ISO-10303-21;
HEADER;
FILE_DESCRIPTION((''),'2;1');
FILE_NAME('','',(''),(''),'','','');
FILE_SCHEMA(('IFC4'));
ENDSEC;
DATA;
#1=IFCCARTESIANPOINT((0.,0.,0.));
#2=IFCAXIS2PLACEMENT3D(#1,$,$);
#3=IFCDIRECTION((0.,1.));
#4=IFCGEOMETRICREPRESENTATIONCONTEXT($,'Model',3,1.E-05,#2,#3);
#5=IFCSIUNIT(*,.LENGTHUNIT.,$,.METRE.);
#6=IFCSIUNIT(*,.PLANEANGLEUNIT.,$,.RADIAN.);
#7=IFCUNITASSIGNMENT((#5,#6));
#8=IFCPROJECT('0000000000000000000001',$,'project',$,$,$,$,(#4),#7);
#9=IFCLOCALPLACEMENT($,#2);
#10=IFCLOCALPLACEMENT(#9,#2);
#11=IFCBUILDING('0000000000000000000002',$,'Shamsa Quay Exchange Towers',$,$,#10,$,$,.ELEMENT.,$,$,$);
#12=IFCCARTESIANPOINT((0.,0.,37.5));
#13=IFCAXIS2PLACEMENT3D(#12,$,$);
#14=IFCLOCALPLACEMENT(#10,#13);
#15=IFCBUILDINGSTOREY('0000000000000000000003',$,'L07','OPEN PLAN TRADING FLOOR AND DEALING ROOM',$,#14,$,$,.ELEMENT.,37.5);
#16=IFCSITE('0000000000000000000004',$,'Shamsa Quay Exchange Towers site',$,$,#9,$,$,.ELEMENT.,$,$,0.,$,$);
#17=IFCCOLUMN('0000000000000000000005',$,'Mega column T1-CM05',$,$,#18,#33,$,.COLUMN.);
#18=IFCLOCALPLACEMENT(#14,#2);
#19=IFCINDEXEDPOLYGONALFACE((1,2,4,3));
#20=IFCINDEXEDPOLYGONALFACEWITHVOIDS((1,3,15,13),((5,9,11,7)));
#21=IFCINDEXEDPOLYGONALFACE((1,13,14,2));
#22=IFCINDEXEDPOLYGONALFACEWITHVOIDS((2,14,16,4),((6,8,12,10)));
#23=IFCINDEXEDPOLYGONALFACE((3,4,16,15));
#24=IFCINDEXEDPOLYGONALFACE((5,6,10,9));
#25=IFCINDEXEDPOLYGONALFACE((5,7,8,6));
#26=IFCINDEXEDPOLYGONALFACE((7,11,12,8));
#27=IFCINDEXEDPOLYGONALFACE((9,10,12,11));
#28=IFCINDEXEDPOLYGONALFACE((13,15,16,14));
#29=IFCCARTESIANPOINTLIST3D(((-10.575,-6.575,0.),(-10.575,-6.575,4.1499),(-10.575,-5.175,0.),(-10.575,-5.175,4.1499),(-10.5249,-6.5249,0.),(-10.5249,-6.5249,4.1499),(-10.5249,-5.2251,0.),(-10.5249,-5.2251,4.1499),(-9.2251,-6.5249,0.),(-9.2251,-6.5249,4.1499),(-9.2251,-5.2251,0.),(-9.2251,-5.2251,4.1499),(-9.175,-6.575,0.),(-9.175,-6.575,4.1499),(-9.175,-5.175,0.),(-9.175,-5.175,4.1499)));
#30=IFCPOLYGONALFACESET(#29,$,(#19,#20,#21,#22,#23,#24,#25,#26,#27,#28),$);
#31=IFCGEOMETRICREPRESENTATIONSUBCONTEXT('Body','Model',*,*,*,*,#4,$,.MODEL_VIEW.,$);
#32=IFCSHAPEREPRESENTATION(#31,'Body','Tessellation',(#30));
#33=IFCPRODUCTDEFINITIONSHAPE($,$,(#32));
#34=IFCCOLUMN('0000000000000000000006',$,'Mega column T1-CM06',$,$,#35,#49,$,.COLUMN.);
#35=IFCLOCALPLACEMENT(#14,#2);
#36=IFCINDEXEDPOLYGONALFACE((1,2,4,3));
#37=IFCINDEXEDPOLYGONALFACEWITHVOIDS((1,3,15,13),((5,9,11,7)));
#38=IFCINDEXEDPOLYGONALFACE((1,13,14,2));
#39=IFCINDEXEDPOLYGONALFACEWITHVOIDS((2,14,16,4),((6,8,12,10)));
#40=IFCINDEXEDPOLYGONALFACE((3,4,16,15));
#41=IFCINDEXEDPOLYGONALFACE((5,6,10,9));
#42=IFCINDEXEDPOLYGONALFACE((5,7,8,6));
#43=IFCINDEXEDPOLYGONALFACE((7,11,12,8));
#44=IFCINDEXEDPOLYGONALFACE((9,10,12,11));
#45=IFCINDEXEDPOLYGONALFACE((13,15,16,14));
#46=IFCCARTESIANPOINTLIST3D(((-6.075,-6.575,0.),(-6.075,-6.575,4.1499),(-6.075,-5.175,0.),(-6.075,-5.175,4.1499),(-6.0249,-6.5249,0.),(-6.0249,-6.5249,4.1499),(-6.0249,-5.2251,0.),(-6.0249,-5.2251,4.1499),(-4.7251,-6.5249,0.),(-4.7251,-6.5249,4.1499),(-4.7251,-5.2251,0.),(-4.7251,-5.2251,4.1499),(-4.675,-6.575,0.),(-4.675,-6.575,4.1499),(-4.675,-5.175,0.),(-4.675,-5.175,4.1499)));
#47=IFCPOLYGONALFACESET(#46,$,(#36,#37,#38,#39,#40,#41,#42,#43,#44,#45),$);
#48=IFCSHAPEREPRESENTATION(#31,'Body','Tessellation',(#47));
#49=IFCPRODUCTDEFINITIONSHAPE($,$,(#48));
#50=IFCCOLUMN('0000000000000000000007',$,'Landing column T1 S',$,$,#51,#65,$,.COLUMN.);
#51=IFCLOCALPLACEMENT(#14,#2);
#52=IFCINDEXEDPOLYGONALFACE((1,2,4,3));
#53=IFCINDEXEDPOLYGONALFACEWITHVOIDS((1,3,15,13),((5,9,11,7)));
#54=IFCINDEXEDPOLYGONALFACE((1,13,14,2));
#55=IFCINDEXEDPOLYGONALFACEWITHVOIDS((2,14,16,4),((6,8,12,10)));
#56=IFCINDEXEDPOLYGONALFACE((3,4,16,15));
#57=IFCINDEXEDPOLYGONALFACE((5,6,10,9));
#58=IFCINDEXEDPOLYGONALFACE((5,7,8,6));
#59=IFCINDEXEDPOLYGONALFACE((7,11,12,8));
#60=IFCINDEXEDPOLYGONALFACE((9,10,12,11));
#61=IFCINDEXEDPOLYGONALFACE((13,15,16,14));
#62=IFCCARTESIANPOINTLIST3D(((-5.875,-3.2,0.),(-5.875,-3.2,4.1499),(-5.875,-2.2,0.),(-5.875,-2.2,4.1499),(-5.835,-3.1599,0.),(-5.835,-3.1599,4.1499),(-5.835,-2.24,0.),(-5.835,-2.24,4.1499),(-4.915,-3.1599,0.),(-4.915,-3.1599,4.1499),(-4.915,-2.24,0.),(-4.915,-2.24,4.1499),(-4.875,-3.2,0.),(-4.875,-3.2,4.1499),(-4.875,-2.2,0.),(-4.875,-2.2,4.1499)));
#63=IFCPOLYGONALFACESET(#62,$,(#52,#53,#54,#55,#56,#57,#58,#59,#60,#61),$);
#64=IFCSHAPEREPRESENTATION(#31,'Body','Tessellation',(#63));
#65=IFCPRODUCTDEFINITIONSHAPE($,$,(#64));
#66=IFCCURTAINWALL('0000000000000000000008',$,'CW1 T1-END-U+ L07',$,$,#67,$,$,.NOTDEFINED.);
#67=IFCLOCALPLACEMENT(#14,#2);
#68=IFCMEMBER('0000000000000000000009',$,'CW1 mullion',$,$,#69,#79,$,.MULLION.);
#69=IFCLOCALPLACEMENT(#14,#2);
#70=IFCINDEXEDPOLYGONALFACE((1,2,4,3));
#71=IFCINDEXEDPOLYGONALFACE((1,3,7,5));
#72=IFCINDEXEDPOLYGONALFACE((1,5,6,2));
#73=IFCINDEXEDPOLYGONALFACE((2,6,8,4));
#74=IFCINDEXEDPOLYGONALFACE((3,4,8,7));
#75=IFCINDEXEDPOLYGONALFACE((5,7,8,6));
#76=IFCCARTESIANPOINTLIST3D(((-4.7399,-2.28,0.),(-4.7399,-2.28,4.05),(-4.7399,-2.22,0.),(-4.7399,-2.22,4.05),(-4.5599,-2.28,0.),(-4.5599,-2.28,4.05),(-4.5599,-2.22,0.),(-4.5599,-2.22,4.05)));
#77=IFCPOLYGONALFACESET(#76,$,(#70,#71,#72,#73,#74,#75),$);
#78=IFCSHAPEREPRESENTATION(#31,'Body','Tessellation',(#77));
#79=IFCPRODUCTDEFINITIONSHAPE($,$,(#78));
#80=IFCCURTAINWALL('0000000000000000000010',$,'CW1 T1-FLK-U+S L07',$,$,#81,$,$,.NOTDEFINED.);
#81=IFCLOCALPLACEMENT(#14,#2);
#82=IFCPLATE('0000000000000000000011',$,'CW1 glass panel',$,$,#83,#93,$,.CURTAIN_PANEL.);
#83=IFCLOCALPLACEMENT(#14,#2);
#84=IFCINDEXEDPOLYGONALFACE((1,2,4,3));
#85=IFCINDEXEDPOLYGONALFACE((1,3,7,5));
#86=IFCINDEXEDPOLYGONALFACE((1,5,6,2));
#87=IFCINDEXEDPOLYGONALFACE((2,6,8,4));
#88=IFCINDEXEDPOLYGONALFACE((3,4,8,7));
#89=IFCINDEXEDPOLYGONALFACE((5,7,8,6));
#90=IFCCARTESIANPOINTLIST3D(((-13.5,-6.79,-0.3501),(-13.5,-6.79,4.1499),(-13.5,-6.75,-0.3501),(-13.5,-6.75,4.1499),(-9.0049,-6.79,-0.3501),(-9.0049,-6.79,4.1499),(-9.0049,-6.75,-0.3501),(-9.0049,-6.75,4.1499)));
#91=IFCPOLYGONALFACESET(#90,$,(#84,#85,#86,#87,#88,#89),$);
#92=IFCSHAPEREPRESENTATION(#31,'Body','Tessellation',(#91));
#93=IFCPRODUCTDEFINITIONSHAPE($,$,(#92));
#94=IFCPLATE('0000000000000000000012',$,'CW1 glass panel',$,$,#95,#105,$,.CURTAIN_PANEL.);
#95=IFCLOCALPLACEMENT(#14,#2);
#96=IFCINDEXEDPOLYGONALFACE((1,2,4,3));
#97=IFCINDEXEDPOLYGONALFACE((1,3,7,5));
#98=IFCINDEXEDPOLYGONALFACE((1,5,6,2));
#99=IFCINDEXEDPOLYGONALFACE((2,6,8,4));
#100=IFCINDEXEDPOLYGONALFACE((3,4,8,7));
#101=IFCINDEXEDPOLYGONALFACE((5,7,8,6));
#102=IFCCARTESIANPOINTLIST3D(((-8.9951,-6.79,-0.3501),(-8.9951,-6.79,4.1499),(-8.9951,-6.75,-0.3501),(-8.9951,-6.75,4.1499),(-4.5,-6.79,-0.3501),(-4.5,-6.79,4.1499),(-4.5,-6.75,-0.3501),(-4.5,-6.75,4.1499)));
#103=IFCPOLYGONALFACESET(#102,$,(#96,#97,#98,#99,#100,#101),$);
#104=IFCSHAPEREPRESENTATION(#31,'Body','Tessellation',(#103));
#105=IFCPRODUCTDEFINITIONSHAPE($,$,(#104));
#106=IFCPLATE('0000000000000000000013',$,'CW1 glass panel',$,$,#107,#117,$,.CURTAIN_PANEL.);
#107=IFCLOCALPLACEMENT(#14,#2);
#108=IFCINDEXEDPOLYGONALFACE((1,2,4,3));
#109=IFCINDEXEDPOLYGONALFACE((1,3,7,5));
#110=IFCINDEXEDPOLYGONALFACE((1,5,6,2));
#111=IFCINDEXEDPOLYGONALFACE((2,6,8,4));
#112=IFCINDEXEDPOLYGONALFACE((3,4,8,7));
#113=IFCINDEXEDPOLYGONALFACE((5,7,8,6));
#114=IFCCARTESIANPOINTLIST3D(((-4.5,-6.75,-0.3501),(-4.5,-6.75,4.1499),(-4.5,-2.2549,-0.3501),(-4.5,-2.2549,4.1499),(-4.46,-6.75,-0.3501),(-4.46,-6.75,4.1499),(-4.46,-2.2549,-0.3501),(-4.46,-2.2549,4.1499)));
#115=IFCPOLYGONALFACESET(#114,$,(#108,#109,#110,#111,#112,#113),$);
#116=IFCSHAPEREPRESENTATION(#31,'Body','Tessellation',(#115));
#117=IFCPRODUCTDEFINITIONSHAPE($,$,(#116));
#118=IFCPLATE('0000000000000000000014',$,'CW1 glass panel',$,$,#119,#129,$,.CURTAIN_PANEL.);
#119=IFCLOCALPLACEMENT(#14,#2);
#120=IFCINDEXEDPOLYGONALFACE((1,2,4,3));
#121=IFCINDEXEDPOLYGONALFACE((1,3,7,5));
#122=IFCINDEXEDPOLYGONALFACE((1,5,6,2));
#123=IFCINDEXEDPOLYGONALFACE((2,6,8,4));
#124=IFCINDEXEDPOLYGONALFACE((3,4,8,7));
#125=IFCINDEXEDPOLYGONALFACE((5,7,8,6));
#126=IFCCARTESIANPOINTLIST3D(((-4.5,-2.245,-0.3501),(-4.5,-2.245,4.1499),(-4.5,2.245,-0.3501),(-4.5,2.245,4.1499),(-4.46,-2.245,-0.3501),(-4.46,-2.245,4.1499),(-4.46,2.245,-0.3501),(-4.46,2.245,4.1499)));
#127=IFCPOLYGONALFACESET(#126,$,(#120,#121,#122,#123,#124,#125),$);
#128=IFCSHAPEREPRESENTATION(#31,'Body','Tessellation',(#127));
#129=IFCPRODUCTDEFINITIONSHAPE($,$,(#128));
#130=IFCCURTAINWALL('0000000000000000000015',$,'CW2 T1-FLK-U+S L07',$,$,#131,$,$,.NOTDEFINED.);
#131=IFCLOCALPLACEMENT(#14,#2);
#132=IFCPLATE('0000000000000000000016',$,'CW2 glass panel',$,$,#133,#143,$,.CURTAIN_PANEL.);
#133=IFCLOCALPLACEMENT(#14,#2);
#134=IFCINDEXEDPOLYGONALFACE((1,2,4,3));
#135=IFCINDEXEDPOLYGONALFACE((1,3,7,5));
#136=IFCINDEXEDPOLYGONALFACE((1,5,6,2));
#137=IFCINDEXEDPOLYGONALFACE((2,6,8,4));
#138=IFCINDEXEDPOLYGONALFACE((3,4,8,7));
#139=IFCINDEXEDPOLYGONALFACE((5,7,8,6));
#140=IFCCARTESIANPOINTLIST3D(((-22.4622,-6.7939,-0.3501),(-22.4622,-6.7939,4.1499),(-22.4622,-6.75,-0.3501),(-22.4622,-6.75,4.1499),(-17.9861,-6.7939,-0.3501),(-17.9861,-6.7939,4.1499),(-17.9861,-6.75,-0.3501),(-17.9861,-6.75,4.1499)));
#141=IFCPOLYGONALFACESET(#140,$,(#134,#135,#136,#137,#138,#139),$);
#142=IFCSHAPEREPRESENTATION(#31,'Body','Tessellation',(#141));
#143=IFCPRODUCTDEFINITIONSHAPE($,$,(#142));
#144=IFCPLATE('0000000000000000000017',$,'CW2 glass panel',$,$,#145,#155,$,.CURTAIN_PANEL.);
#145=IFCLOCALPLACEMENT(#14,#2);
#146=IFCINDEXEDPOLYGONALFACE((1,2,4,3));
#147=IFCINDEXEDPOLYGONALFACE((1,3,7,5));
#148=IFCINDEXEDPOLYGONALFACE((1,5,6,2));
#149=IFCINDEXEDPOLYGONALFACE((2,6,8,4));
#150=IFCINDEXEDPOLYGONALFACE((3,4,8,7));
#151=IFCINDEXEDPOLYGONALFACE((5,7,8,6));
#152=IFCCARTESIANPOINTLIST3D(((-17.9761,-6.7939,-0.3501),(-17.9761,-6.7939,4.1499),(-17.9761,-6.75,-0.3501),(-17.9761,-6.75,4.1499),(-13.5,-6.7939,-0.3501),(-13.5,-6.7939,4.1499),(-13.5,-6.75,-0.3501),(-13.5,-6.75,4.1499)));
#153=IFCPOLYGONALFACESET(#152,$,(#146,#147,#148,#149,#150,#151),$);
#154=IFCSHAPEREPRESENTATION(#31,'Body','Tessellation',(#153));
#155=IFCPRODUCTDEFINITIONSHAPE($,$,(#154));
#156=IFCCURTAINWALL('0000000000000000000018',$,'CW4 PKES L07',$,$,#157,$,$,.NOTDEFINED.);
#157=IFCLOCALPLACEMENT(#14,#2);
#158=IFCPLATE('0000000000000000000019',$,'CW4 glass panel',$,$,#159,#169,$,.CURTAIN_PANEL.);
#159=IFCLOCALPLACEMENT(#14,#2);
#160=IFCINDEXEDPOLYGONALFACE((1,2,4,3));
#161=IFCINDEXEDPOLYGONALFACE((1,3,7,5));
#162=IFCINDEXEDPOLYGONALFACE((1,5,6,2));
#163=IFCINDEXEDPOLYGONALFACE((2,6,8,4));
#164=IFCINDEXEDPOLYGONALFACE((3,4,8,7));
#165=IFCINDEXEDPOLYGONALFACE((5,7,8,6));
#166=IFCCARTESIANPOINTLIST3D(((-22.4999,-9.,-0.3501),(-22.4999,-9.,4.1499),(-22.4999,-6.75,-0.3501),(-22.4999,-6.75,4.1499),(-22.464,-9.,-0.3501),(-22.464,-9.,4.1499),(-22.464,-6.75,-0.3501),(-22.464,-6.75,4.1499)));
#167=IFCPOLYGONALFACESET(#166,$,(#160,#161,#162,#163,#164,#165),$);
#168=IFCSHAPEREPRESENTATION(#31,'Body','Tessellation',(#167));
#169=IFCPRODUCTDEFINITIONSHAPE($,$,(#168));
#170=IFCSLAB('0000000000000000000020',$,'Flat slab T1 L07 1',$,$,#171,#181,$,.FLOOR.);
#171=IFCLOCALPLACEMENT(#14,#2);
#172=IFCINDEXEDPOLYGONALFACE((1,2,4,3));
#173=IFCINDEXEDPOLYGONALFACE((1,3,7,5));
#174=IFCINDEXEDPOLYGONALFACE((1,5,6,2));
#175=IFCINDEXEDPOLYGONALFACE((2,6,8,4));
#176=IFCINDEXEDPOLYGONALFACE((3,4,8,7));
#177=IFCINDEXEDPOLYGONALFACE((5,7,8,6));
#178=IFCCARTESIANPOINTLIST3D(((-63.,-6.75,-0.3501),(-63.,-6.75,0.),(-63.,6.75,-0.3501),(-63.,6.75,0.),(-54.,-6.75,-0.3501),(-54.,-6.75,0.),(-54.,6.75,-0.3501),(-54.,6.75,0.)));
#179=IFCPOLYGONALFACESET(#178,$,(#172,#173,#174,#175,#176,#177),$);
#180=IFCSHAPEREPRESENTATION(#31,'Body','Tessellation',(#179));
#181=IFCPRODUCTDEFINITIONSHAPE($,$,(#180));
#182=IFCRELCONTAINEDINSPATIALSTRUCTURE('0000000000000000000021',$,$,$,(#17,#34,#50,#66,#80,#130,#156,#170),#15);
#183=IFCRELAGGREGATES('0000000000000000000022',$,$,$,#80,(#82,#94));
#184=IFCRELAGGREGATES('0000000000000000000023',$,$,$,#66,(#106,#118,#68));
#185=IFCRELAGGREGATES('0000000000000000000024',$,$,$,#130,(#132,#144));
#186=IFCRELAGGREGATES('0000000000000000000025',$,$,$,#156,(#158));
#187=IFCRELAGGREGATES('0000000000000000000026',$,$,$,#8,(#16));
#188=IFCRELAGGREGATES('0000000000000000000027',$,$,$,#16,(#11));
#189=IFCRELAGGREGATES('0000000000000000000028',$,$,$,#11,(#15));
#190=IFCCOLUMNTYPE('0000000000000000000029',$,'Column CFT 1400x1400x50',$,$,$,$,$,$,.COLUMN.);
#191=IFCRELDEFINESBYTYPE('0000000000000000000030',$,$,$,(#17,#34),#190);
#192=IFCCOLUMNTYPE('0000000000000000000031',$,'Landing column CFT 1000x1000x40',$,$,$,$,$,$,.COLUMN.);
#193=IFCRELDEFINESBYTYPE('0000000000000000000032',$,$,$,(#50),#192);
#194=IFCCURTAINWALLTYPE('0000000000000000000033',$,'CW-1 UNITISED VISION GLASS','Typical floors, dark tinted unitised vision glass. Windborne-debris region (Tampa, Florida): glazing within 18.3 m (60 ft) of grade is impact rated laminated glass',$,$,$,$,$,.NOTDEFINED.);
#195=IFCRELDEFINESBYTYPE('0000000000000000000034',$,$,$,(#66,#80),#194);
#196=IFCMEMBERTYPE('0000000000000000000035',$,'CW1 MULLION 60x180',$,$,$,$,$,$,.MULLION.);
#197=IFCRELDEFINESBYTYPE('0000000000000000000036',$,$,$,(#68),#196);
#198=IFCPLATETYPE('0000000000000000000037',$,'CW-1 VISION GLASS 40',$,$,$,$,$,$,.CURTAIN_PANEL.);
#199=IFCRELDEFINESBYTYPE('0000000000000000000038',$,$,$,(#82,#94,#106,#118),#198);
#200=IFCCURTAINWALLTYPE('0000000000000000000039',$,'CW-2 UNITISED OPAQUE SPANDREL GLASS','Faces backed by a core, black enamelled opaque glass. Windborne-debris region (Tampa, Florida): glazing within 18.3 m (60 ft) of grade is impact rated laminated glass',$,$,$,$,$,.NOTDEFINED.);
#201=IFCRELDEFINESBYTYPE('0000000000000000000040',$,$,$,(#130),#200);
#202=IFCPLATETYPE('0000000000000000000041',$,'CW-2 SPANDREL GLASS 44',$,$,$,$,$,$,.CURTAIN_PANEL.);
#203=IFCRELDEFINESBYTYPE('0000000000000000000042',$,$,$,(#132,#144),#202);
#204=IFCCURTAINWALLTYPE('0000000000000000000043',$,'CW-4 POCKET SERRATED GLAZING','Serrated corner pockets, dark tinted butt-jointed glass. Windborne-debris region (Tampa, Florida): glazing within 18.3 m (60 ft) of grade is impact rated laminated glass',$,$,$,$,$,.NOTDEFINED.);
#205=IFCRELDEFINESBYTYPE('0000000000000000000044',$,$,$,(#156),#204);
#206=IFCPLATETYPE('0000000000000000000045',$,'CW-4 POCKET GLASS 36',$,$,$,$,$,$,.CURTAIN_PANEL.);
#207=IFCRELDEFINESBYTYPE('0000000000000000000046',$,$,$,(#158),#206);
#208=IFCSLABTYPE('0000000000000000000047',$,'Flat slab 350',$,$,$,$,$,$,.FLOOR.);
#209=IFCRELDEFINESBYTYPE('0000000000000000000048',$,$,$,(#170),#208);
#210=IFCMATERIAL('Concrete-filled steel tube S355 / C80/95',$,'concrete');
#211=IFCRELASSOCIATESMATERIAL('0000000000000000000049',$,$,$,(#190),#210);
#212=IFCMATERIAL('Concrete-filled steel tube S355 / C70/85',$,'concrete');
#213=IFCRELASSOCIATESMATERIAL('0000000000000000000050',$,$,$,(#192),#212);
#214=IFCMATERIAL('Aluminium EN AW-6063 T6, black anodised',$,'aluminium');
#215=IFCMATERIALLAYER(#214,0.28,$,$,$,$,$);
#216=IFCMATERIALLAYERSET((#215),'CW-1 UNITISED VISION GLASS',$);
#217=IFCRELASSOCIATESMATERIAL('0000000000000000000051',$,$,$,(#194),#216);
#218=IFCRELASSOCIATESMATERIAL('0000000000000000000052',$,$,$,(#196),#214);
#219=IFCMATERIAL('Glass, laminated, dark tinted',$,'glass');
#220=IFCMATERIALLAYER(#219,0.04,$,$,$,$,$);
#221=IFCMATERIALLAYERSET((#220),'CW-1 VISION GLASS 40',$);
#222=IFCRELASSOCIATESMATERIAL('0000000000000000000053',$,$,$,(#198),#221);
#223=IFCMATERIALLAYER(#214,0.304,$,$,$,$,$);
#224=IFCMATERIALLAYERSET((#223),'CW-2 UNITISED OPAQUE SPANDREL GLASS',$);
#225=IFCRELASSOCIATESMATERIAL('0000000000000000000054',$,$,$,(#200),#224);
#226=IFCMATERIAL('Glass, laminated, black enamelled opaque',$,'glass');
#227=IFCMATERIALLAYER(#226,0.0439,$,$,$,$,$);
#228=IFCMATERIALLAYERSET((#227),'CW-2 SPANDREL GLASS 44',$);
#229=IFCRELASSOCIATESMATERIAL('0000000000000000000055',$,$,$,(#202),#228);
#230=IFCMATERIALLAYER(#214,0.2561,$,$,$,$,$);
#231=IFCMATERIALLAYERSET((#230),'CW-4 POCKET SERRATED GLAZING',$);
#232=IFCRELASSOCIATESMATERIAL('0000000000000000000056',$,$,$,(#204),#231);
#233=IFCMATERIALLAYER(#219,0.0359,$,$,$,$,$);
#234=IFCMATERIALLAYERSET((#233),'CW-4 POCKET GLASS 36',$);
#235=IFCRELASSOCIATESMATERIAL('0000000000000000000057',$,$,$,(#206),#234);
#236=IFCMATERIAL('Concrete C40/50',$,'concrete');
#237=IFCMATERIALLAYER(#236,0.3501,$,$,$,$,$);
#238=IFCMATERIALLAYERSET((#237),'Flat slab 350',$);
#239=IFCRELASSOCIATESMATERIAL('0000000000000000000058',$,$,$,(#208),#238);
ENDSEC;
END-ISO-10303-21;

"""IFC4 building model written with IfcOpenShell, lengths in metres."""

from ifc_helpers import new_model, si_unit, direction, frame, origin, origin_2d, place, context, subcontext, project, spatial, polyline, rectangle, hollow_rectangle, outline, extrude, material, layer, layer_set, material_profile, profile_set, type_object, element, aggregate, save


model = new_model("IFC4")

# Units and contexts
model_context = context("Model", 3, precision=1e-05, world=origin(), true_north=direction((0.0, 1.0)))
body_context = subcontext(model_context, "Body", "Model", "MODEL_VIEW")
ifc_project = project(units=[si_unit("LENGTHUNIT", "METRE"), si_unit("PLANEANGLEUNIT", "RADIAN")], contexts=[model_context])

# Site, building, storey
site_placement = place(None, origin())
site = spatial("IfcSite", under=ifc_project, at=site_placement, Name="Shamsa Quay Exchange Towers site", CompositionType="ELEMENT", RefElevation=0.0)
building_placement = place(site_placement, origin())
building = spatial("IfcBuilding", under=site, at=building_placement, Name="Shamsa Quay Exchange Towers", CompositionType="ELEMENT")
storey_placement = place(building_placement, frame((0.0, 0.0, 37.5)))
storey = spatial("IfcBuildingStorey", under=building, at=storey_placement, Name="L07", Description="OPEN PLAN TRADING FLOOR AND DEALING ROOM", CompositionType="ELEMENT", Elevation=37.5)

# Columns
ifc_material_1 = material(Name="Concrete-filled steel tube S355 / C80/95", Category="concrete")
ifc_material_profile_1 = material_profile(ifc_material_1, hollow_rectangle(XDim=1.3999, YDim=1.3999, WallThickness=0.05, at=origin_2d()), Name="CFT 1400x1400x50")
ifc_profile_set_1 = profile_set([ifc_material_profile_1], Name="Concrete-filled steel tube S355 / C80/95")
column_type_1 = type_object("IfcColumnType", Name="Column CFT 1400x1400x50", PredefinedType="COLUMN", material=ifc_profile_set_1)
for number, where, name in (
    (1, (-9.875, -5.875, 0.0), "Mega column T1-CM05"),
    (2, (-5.375, -5.875, 0.0), "Mega column T1-CM06"),
):
    element("IfcColumn", number, at=place(storey_placement, frame(where)), inside=storey, type_object=column_type_1, Name=name, PredefinedType="COLUMN", context=body_context, shape_type="SweptSolid", body=[
        extrude(hollow_rectangle(XDim=1.3999, YDim=1.3999, WallThickness=0.05, at=origin_2d()), origin(), (0.0, 0.0, 1.0), 4.1499),
    ])
ifc_material_2 = material(Name="Concrete-filled steel tube S355 / C70/85", Category="concrete")
ifc_material_profile_2 = material_profile(ifc_material_2, hollow_rectangle(XDim=1.0, YDim=1.0, WallThickness=0.04, at=origin_2d()), Name="CFT 1000x1000x40")
ifc_profile_set_2 = profile_set([ifc_material_profile_2], Name="Concrete-filled steel tube S355 / C70/85")
column_type_2 = type_object("IfcColumnType", Name="Landing column CFT 1000x1000x40", PredefinedType="COLUMN", material=ifc_profile_set_2)
column_placement = place(storey_placement, frame((-5.375, -2.7, 0.0)))
element("IfcColumn", 3, at=column_placement, inside=storey, type_object=column_type_2, Name="Landing column T1 S", PredefinedType="COLUMN", context=body_context, shape_type="SweptSolid", body=[
    extrude(hollow_rectangle(XDim=1.0, YDim=1.0, WallThickness=0.04, at=origin_2d()), origin(), (0.0, 0.0, 1.0), 4.1499),
])

# Curtain wall, member
ifc_material_3 = material(Name="Aluminium EN AW-6063 T6, black anodised", Category="aluminium")
ifc_layer_1 = layer(ifc_material_3, 0.28)
ifc_layer_set_1 = layer_set([ifc_layer_1], Name="CW-1 UNITISED VISION GLASS")
curtain_wall_type_1 = type_object("IfcCurtainWallType", Name="CW-1 UNITISED VISION GLASS", Description="Typical floors, dark tinted unitised vision glass. Windborne-debris region (Tampa, Florida): glazing within 18.3 m (60 ft) of grade is impact rated laminated glass", PredefinedType="NOTDEFINED", material=ifc_layer_set_1)
curtain_wall_1_placement = place(storey_placement, origin())
curtain_wall_1 = element("IfcCurtainWall", 4, at=curtain_wall_1_placement, inside=storey, type_object=curtain_wall_type_1, Name="CW1 T1-END-U+ L07", PredefinedType="NOTDEFINED")
ifc_material_profile_3 = material_profile(ifc_material_3, rectangle(XDim=0.1799, YDim=0.0601, at=origin_2d()), Name="MU60x180")
ifc_profile_set_3 = profile_set([ifc_material_profile_3], Name="Aluminium EN AW-6063 T6, black anodised")
member_type = type_object("IfcMemberType", Name="CW1 MULLION 60x180", PredefinedType="MULLION", material=ifc_profile_set_3)
member_placement = place(storey_placement, frame((-4.6499, -2.25, 0.0), z_axis=(0.0, 0.0, 1.0), x_axis=(-1.0, 0.0, 0.0)))
member = element("IfcMember", 5, at=member_placement, type_object=member_type, Name="CW1 mullion", PredefinedType="MULLION", context=body_context, shape_type="SweptSolid", body=[
    extrude(rectangle(XDim=0.1799, YDim=0.0601, at=origin_2d()), origin(), (0.0, 0.0, 1.0), 4.05),
])

# Curtain wall, plates
curtain_wall_2_placement = place(storey_placement, origin())
curtain_wall_2 = element("IfcCurtainWall", 6, at=curtain_wall_2_placement, inside=storey, type_object=curtain_wall_type_1, Name="CW1 T1-FLK-U+S L07", PredefinedType="NOTDEFINED")
ifc_material_4 = material(Name="Glass, laminated, dark tinted", Category="glass")
ifc_layer_2 = layer(ifc_material_4, 0.04)
ifc_layer_set_2 = layer_set([ifc_layer_2], Name="CW-1 VISION GLASS 40")
plate_type_1 = type_object("IfcPlateType", Name="CW-1 VISION GLASS 40", PredefinedType="CURTAIN_PANEL", material=ifc_layer_set_2)
plate_1_placement = place(storey_placement, frame((-11.2524, -6.77, -0.3501)))
plate_1 = element("IfcPlate", 7, at=plate_1_placement, type_object=plate_type_1, Name="CW1 glass panel", PredefinedType="CURTAIN_PANEL", context=body_context, shape_type="SweptSolid", body=[
    extrude(rectangle(XDim=4.4951, YDim=0.04, at=origin_2d()), origin(), (0.0, 0.0, 1.0), 4.5),
])
plate_2_placement = place(storey_placement, frame((-6.7476, -6.77, -0.3501)))
plate_2 = element("IfcPlate", 8, at=plate_2_placement, type_object=plate_type_1, Name="CW1 glass panel", PredefinedType="CURTAIN_PANEL", context=body_context, shape_type="SweptSolid", body=[
    extrude(rectangle(XDim=4.4951, YDim=0.04, at=origin_2d()), origin(), (0.0, 0.0, 1.0), 4.5),
])
aggregate(curtain_wall_2, [plate_1, plate_2])

# Plates
plate_3_placement = place(storey_placement, frame((-4.48, -4.5024, -0.3501), z_axis=(0.0, 0.0, 1.0), x_axis=(0.0, 1.0, 0.0)))
plate_3 = element("IfcPlate", 9, at=plate_3_placement, type_object=plate_type_1, Name="CW1 glass panel", PredefinedType="CURTAIN_PANEL", context=body_context, shape_type="SweptSolid", body=[
    extrude(rectangle(XDim=4.4951, YDim=0.04, at=origin_2d()), origin(), (0.0, 0.0, 1.0), 4.5),
])
plate_4_placement = place(storey_placement, frame((-4.48, 0.0, -0.3501), z_axis=(0.0, 0.0, 1.0), x_axis=(0.0, 1.0, 0.0)))
plate_4 = element("IfcPlate", 10, at=plate_4_placement, type_object=plate_type_1, Name="CW1 glass panel", PredefinedType="CURTAIN_PANEL", context=body_context, shape_type="SweptSolid", body=[
    extrude(rectangle(XDim=4.49, YDim=0.04, at=origin_2d()), origin(), (0.0, 0.0, 1.0), 4.5),
])
aggregate(curtain_wall_1, [plate_3, plate_4, member])

# Curtain wall, plates
ifc_layer_3 = layer(ifc_material_3, 0.304)
ifc_layer_set_3 = layer_set([ifc_layer_3], Name="CW-2 UNITISED OPAQUE SPANDREL GLASS")
curtain_wall_type_2 = type_object("IfcCurtainWallType", Name="CW-2 UNITISED OPAQUE SPANDREL GLASS", Description="Faces backed by a core, black enamelled opaque glass. Windborne-debris region (Tampa, Florida): glazing within 18.3 m (60 ft) of grade is impact rated laminated glass", PredefinedType="NOTDEFINED", material=ifc_layer_set_3)
curtain_wall_3_placement = place(storey_placement, origin())
curtain_wall_3 = element("IfcCurtainWall", 11, at=curtain_wall_3_placement, inside=storey, type_object=curtain_wall_type_2, Name="CW2 T1-FLK-U+S L07", PredefinedType="NOTDEFINED")
ifc_material_5 = material(Name="Glass, laminated, black enamelled opaque", Category="glass")
ifc_layer_4 = layer(ifc_material_5, 0.0439)
ifc_layer_set_4 = layer_set([ifc_layer_4], Name="CW-2 SPANDREL GLASS 44")
plate_type_2 = type_object("IfcPlateType", Name="CW-2 SPANDREL GLASS 44", PredefinedType="CURTAIN_PANEL", material=ifc_layer_set_4)
plate_5_placement = place(storey_placement, frame((-20.2241, -6.772, -0.3501)))
plate_5 = element("IfcPlate", 12, at=plate_5_placement, type_object=plate_type_2, Name="CW2 glass panel", PredefinedType="CURTAIN_PANEL", context=body_context, shape_type="SweptSolid", body=[
    extrude(rectangle(XDim=4.4761, YDim=0.0439, at=origin_2d()), origin(), (0.0, 0.0, 1.0), 4.5),
])
plate_6_placement = place(storey_placement, frame((-15.738, -6.772, -0.3501)))
plate_6 = element("IfcPlate", 13, at=plate_6_placement, type_object=plate_type_2, Name="CW2 glass panel", PredefinedType="CURTAIN_PANEL", context=body_context, shape_type="SweptSolid", body=[
    extrude(rectangle(XDim=4.4761, YDim=0.0439, at=origin_2d()), origin(), (0.0, 0.0, 1.0), 4.5),
])
aggregate(curtain_wall_3, [plate_5, plate_6])

# Curtain wall, plate
ifc_layer_5 = layer(ifc_material_3, 0.2561)
ifc_layer_set_5 = layer_set([ifc_layer_5], Name="CW-4 POCKET SERRATED GLAZING")
curtain_wall_type_3 = type_object("IfcCurtainWallType", Name="CW-4 POCKET SERRATED GLAZING", Description="Serrated corner pockets, dark tinted butt-jointed glass. Windborne-debris region (Tampa, Florida): glazing within 18.3 m (60 ft) of grade is impact rated laminated glass", PredefinedType="NOTDEFINED", material=ifc_layer_set_5)
curtain_wall_4_placement = place(storey_placement, origin())
curtain_wall_4 = element("IfcCurtainWall", 14, at=curtain_wall_4_placement, inside=storey, type_object=curtain_wall_type_3, Name="CW4 PKES L07", PredefinedType="NOTDEFINED")
ifc_layer_6 = layer(ifc_material_4, 0.0359)
ifc_layer_set_6 = layer_set([ifc_layer_6], Name="CW-4 POCKET GLASS 36")
plate_type_3 = type_object("IfcPlateType", Name="CW-4 POCKET GLASS 36", PredefinedType="CURTAIN_PANEL", material=ifc_layer_set_6)
plate_7_placement = place(storey_placement, frame((-22.4819, -7.875, -0.3501), z_axis=(0.0, 0.0, 1.0), x_axis=(0.0, 1.0, 0.0)))
plate_7 = element("IfcPlate", 15, at=plate_7_placement, type_object=plate_type_3, Name="CW4 glass panel", PredefinedType="CURTAIN_PANEL", context=body_context, shape_type="SweptSolid", body=[
    extrude(rectangle(XDim=2.25, YDim=0.0359, at=origin_2d()), origin(), (0.0, 0.0, 1.0), 4.5),
])
aggregate(curtain_wall_4, [plate_7])

# Slab
ifc_material_6 = material(Name="Concrete C40/50", Category="concrete")
ifc_layer_7 = layer(ifc_material_6, 0.3501)
ifc_layer_set_7 = layer_set([ifc_layer_7], Name="Flat slab 350")
slab_type = type_object("IfcSlabType", Name="Flat slab 350", PredefinedType="FLOOR", material=ifc_layer_set_7)
slab_1_placement = place(storey_placement, frame((0.0, 0.0, -0.3501)))
element("IfcSlab", 16, at=slab_1_placement, inside=storey, type_object=slab_type, Name="Flat slab T1 L07 1", PredefinedType="FLOOR", context=body_context, shape_type="SweptSolid", body=[
    extrude(outline(polyline([(-63.0, -6.75), (-54.0, -6.75), (-54.0, 6.75), (-63.0, 6.75), (-63.0, -6.75)])), origin(), (0.0, 0.0, 1.0), 0.3501),
])

save(model, "model.ifc")
